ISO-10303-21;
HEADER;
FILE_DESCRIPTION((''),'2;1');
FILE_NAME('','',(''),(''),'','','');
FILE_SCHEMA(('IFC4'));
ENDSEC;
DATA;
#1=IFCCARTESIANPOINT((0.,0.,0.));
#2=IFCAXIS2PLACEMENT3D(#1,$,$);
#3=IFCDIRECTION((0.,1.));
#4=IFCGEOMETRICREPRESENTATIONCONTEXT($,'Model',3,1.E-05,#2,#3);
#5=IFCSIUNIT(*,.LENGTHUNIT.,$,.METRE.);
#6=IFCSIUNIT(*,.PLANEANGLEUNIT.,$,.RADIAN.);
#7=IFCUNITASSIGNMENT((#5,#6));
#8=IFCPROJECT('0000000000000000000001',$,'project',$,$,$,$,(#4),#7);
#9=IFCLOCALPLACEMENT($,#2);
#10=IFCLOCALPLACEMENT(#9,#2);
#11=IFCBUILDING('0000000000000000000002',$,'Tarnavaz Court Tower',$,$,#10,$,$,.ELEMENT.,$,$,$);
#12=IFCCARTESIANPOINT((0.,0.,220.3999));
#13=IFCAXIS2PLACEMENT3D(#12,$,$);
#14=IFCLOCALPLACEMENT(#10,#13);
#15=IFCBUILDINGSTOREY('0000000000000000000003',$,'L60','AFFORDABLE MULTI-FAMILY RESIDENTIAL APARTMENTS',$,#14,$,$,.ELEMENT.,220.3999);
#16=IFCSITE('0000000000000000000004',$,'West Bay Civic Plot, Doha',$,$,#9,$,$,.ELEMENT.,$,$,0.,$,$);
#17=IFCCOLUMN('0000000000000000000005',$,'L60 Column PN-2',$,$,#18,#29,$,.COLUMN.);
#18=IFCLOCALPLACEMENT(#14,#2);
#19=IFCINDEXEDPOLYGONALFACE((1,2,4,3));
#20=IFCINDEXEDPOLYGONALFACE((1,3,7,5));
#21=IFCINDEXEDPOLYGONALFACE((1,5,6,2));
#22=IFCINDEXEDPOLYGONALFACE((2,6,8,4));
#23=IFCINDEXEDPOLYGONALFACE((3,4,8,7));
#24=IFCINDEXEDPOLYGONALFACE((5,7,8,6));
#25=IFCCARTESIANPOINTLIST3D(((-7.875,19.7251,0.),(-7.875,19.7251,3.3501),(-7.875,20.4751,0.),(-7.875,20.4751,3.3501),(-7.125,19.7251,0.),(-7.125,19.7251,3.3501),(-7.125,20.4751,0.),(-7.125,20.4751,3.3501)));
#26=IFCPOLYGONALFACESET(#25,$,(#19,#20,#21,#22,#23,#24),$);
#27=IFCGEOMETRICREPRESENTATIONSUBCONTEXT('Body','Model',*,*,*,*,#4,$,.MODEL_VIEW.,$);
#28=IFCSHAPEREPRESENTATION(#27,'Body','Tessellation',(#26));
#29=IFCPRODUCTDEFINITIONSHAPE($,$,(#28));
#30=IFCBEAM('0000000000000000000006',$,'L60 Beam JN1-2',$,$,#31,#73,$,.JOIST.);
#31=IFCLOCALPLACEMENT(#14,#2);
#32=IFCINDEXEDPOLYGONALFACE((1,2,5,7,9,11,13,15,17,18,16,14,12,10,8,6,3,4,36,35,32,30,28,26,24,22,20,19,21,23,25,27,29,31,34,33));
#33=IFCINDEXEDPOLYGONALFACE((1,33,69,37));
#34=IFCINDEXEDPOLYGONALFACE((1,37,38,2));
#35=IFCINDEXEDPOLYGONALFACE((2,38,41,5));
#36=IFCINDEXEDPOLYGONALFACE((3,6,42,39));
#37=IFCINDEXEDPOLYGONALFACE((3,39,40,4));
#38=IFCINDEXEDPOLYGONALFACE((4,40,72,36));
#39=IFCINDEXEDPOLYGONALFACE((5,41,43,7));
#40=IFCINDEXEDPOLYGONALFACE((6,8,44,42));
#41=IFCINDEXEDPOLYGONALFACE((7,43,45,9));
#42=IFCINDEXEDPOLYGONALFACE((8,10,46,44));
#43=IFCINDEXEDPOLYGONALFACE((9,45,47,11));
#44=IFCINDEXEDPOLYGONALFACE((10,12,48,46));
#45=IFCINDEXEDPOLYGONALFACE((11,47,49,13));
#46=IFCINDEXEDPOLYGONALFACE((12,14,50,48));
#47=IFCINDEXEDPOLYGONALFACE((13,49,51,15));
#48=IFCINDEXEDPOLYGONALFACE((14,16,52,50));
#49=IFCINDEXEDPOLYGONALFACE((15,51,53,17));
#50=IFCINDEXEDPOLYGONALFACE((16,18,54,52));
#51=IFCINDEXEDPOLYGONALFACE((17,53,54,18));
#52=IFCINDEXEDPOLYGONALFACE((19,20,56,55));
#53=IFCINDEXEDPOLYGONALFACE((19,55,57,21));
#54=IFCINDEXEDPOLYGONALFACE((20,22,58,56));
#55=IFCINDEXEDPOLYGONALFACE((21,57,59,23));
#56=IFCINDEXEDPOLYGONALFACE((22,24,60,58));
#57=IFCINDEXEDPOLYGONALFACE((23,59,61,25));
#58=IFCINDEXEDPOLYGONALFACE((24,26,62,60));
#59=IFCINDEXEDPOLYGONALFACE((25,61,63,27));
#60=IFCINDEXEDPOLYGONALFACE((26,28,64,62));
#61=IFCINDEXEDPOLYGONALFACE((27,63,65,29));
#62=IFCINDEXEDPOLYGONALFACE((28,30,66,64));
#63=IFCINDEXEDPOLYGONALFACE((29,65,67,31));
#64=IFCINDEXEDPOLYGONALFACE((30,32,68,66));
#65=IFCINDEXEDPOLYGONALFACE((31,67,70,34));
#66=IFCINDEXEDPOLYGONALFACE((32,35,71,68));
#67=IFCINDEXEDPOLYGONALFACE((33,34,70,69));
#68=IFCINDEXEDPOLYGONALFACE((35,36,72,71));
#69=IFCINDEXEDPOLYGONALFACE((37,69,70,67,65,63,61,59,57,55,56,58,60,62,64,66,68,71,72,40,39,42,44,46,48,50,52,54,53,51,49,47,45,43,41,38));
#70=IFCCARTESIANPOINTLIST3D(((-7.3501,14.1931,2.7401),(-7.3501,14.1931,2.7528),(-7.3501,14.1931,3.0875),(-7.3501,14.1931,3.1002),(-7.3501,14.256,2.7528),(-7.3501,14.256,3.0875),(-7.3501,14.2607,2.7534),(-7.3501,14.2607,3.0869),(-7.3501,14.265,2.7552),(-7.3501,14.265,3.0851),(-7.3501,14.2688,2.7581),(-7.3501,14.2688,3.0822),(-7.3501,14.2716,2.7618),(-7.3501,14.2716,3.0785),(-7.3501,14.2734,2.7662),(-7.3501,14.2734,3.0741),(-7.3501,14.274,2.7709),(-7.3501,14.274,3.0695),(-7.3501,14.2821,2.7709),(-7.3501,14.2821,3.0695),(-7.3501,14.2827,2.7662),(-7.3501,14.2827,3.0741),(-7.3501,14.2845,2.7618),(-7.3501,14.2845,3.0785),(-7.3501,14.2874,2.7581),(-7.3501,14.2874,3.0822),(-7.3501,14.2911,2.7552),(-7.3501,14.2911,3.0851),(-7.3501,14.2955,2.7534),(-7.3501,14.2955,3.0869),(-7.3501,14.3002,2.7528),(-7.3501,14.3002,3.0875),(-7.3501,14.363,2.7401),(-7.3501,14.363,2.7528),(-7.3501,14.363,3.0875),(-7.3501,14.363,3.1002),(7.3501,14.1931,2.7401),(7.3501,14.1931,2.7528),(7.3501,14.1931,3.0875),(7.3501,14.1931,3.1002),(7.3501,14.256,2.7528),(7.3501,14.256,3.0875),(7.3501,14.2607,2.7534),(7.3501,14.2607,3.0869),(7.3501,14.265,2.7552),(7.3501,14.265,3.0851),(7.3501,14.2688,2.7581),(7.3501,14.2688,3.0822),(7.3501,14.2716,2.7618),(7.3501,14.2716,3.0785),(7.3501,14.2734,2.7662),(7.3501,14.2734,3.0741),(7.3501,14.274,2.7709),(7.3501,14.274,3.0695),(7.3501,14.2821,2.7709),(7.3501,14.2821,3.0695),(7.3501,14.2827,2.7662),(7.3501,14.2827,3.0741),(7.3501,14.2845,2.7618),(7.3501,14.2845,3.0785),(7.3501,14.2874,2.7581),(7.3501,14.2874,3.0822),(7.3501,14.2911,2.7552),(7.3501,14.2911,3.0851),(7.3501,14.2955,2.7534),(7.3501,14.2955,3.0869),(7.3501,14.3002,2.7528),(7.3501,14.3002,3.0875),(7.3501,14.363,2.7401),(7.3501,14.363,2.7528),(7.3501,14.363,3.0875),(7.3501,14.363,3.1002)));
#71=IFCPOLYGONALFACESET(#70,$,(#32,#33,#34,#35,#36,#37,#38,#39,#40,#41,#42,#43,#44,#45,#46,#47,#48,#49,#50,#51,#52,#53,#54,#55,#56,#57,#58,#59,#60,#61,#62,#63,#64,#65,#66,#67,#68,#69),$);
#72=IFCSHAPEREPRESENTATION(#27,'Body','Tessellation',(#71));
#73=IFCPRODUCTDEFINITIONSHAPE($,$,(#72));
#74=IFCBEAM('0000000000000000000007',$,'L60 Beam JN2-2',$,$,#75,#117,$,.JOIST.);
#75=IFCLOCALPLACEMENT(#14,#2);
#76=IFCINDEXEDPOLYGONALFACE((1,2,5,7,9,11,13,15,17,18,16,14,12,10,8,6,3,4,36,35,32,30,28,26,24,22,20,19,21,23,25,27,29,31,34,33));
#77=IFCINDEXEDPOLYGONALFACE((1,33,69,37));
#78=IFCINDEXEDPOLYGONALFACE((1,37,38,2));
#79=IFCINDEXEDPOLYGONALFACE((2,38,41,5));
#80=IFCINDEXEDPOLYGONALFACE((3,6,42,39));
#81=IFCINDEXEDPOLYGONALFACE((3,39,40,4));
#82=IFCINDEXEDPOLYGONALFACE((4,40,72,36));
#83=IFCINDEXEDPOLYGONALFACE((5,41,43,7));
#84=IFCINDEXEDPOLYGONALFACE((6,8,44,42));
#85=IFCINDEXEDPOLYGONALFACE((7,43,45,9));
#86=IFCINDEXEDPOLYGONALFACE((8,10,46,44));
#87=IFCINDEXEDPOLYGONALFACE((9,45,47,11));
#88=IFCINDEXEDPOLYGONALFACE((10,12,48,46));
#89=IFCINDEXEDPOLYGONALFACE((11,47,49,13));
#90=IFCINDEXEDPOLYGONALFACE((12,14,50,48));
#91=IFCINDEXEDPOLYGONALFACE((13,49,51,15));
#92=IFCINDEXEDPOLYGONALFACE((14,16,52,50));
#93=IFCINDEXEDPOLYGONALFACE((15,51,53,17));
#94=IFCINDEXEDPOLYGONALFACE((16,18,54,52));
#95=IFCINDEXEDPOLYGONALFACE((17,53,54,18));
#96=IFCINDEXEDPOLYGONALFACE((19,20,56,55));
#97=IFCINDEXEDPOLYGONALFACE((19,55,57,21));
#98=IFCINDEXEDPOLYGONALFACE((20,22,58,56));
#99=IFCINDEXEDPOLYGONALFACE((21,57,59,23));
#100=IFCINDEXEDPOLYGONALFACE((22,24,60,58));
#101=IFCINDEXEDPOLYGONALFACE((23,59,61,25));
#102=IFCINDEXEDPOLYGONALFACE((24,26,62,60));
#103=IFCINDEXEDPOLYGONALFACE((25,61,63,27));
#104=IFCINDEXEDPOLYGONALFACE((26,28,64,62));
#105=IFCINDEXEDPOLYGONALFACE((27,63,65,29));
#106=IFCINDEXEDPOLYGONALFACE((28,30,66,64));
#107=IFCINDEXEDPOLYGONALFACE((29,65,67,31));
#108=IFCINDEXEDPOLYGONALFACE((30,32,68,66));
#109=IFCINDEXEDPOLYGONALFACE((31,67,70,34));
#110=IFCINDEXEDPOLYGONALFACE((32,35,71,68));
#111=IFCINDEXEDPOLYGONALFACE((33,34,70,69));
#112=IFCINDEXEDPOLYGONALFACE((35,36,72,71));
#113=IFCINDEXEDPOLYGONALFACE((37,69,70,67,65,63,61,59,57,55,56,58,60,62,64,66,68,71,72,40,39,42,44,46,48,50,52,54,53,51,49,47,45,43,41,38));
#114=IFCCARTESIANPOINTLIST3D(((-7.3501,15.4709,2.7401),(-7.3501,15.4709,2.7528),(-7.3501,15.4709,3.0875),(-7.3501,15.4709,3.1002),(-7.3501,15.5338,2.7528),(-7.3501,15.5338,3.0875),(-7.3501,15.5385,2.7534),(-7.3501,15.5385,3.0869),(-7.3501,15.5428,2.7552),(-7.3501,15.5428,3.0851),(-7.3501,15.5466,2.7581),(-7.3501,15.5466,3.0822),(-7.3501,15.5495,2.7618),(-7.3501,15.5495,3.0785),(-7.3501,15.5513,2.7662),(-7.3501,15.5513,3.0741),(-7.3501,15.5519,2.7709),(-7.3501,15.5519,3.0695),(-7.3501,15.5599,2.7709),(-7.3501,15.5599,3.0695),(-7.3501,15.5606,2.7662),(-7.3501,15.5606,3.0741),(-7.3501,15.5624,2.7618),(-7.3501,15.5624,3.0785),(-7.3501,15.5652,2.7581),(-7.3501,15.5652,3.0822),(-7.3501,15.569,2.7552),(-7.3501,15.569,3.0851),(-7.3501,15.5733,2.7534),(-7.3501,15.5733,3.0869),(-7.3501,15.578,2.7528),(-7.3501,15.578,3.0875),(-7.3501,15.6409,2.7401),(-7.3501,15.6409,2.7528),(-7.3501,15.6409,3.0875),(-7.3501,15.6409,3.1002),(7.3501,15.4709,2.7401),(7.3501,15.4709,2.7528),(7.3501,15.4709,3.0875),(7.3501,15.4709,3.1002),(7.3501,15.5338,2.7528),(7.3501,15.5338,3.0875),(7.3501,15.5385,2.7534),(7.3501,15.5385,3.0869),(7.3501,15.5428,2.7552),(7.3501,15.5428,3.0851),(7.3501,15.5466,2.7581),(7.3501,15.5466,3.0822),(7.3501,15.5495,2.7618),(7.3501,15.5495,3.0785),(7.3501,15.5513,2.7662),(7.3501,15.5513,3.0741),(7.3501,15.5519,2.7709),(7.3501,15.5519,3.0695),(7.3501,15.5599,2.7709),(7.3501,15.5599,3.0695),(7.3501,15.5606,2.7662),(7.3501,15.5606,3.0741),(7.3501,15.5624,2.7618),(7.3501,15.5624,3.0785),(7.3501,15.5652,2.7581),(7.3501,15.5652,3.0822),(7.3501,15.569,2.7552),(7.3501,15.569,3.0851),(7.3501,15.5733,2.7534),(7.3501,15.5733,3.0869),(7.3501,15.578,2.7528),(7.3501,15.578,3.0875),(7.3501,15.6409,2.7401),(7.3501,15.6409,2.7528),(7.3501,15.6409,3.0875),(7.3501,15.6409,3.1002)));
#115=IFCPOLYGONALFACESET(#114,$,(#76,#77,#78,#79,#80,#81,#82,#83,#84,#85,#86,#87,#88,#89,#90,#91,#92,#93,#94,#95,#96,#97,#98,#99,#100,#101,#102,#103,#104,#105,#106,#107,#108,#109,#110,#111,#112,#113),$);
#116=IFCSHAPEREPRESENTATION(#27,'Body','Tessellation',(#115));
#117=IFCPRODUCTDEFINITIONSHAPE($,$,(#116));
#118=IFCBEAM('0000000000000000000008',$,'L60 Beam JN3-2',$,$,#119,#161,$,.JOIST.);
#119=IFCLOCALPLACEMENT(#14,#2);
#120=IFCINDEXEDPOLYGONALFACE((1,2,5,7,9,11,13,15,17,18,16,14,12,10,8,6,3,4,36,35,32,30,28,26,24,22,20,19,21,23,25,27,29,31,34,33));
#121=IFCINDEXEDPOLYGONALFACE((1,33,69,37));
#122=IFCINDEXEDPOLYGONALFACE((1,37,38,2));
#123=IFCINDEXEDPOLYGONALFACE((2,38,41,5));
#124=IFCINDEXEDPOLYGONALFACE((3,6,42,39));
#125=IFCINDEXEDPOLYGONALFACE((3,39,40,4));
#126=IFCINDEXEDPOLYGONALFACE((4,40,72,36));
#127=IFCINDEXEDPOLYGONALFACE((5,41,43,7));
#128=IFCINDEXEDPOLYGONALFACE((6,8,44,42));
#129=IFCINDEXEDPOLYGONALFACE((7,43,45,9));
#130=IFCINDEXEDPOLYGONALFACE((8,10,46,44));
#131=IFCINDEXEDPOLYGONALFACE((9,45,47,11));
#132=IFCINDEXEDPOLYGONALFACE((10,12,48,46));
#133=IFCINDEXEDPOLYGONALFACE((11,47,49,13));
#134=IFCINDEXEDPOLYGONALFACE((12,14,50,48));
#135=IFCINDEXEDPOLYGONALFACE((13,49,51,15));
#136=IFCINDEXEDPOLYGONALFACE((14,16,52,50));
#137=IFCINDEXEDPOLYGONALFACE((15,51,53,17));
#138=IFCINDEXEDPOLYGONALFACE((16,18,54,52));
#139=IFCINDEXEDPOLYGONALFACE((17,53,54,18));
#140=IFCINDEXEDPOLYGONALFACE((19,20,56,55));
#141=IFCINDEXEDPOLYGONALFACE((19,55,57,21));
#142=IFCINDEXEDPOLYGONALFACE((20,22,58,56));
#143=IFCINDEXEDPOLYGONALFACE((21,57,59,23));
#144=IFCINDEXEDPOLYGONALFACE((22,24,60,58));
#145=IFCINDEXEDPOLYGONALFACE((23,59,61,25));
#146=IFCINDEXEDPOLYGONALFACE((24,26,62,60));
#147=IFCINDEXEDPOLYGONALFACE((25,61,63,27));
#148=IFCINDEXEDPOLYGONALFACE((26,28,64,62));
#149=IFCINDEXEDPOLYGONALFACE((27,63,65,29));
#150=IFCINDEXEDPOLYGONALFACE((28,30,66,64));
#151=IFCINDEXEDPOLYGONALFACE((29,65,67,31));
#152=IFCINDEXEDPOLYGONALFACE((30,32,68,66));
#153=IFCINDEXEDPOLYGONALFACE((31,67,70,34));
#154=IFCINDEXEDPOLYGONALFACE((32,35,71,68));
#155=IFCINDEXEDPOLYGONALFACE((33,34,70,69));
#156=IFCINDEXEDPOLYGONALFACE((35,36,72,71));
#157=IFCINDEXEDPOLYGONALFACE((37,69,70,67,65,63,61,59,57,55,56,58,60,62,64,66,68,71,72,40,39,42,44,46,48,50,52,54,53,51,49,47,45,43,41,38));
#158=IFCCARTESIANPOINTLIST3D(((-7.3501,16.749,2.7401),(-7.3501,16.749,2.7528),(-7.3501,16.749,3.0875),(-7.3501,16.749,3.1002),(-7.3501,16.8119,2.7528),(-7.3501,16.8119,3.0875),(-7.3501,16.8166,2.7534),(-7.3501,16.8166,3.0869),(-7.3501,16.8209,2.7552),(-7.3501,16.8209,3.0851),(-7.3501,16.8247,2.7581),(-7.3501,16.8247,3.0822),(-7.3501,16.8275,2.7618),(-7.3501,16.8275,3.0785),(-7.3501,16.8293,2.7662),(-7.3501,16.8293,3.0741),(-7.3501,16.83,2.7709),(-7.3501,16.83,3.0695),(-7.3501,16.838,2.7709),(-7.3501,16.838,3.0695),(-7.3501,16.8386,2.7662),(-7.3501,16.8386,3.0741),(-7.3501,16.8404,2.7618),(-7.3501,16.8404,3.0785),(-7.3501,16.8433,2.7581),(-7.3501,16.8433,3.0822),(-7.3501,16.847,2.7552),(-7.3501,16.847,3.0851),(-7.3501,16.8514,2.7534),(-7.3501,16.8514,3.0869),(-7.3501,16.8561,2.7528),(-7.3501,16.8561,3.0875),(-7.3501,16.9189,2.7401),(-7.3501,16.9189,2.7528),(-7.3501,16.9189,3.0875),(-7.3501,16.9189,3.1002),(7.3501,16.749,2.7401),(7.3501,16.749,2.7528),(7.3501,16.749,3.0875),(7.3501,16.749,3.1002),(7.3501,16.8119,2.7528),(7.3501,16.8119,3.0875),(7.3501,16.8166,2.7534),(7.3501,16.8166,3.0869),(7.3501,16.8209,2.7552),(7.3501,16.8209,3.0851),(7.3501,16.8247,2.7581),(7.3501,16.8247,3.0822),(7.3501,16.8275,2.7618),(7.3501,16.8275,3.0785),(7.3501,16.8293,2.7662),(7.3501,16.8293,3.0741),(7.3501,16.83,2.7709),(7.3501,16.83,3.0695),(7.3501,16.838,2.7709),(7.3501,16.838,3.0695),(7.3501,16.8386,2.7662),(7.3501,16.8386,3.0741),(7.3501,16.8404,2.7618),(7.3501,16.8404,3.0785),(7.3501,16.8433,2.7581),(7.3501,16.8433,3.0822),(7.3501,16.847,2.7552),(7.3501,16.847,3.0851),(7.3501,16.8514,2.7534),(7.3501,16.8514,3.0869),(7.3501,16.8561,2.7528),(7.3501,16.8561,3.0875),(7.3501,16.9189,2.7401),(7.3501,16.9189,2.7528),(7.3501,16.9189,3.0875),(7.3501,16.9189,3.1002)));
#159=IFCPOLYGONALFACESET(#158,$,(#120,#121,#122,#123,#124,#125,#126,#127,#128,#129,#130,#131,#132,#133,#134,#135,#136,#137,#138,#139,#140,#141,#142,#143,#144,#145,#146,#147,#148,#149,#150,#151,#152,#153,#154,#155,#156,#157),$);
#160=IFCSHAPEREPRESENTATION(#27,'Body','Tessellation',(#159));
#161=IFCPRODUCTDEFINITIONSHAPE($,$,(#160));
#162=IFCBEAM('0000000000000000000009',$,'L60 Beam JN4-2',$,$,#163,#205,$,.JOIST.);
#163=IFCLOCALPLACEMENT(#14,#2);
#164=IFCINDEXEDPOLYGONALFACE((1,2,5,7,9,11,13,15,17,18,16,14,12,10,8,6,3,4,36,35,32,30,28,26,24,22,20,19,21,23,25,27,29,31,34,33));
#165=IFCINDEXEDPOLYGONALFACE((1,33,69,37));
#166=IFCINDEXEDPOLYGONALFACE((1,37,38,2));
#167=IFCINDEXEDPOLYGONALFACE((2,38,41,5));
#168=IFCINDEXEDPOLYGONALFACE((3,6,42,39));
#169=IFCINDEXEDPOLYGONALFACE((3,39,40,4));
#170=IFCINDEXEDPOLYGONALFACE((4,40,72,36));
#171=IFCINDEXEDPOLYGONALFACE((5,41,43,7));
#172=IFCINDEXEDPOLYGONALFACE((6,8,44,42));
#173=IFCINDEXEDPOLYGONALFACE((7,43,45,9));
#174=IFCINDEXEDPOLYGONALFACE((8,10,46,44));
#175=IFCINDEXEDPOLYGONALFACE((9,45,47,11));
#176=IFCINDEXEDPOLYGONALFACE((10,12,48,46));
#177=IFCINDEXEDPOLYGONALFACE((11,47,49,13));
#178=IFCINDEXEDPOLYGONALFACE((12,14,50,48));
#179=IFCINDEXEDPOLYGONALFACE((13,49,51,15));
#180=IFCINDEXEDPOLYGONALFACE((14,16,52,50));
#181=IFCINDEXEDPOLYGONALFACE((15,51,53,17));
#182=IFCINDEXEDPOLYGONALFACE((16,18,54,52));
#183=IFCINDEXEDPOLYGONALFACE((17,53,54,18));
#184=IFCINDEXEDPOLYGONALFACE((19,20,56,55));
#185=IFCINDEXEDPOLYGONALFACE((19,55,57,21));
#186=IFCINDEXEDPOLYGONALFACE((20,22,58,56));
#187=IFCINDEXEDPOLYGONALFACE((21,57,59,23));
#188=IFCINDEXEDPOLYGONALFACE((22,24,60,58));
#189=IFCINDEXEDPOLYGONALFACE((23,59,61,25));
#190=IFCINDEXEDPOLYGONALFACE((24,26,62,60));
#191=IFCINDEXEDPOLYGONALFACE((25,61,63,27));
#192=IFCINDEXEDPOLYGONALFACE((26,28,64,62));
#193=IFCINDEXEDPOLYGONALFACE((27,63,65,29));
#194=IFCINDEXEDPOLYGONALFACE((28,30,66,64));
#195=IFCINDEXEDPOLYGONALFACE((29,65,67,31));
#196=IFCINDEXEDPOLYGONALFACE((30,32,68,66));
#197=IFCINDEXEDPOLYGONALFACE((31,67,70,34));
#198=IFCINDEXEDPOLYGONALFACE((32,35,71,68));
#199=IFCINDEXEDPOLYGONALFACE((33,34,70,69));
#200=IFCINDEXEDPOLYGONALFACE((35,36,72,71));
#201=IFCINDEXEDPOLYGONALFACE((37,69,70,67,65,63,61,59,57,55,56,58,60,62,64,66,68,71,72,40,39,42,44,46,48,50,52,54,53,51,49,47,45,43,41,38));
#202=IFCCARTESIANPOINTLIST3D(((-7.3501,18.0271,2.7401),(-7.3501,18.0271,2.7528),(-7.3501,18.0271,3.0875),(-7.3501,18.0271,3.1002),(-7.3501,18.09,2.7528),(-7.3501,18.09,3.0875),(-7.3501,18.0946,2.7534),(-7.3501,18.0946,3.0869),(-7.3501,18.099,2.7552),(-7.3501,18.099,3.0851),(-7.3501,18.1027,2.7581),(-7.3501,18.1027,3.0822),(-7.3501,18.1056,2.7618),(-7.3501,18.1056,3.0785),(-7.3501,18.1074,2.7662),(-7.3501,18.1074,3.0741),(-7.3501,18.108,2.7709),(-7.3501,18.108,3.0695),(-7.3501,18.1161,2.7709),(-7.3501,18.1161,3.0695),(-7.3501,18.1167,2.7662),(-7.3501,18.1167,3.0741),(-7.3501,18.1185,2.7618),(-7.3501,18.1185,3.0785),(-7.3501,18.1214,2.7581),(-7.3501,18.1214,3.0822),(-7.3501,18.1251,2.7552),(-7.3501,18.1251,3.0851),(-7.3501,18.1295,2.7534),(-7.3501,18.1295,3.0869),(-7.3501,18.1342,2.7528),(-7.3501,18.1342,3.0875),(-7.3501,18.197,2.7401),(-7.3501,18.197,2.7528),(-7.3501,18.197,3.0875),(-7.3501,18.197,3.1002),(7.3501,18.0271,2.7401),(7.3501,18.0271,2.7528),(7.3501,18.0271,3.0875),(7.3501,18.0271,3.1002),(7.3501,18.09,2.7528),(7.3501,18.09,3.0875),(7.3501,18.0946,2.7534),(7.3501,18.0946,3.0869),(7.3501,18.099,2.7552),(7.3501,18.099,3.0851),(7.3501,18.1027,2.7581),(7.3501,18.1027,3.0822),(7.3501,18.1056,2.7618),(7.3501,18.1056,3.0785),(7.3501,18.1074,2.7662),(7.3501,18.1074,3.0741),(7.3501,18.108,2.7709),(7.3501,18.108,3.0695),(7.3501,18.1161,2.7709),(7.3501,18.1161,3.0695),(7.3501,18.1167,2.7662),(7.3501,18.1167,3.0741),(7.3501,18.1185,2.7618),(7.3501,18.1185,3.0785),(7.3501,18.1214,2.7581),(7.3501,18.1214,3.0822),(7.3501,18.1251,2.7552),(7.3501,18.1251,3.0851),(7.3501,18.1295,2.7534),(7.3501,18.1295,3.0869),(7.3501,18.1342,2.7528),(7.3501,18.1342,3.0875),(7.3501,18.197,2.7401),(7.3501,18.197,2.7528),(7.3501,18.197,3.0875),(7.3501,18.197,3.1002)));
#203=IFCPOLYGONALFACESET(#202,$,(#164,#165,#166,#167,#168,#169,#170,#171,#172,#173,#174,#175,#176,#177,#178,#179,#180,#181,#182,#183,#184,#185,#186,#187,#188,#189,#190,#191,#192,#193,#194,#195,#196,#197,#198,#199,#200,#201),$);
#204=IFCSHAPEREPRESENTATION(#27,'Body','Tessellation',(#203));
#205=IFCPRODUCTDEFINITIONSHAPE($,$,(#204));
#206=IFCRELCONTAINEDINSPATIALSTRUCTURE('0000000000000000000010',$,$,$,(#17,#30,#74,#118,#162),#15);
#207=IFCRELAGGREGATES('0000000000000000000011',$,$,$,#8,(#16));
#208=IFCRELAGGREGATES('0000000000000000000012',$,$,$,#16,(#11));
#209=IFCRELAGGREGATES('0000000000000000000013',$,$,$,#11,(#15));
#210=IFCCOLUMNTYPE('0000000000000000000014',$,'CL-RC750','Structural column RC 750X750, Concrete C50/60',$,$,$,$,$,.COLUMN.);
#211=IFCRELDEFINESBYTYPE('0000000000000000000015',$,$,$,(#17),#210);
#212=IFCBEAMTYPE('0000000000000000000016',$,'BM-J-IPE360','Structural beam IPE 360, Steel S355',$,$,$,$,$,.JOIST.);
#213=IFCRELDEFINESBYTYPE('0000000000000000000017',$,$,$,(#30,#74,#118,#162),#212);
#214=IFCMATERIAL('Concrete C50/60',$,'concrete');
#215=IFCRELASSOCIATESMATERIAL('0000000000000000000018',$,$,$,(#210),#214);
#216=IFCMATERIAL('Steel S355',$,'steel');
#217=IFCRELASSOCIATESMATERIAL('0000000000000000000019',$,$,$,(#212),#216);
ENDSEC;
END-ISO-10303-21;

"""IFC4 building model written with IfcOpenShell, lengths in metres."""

from ifc_helpers import new_model, si_unit, direction, frame, origin, origin_2d, place, context, subcontext, project, spatial, rectangle, i_section, extrude, material, material_profile, profile_set, type_object, element, save


model = new_model("IFC4")

# Units and contexts
model_context = context("Model", 3, precision=1e-05, world=origin(), true_north=direction((0.0, 1.0)))
body_context = subcontext(model_context, "Body", "Model", "MODEL_VIEW")
ifc_project = project(units=[si_unit("LENGTHUNIT", "METRE"), si_unit("PLANEANGLEUNIT", "RADIAN")], contexts=[model_context])

# Site, building, storey
site_placement = place(None, origin())
site = spatial("IfcSite", under=ifc_project, at=site_placement, Name="West Bay Civic Plot, Doha", CompositionType="ELEMENT", RefElevation=0.0)
building_placement = place(site_placement, origin())
building = spatial("IfcBuilding", under=site, at=building_placement, Name="Tarnavaz Court Tower", CompositionType="ELEMENT")
storey_placement = place(building_placement, frame((0.0, 0.0, 220.3999)))
storey = spatial("IfcBuildingStorey", under=building, at=storey_placement, Name="L60", Description="AFFORDABLE MULTI-FAMILY RESIDENTIAL APARTMENTS", CompositionType="ELEMENT", Elevation=220.3999)

# Column
ifc_material_1 = material(Name="Concrete C50/60", Category="concrete")
ifc_material_profile_1 = material_profile(ifc_material_1, rectangle(XDim=0.75, YDim=0.75, at=origin_2d()), Name="RC 750X750")
ifc_profile_set_1 = profile_set([ifc_material_profile_1], Name="Concrete C50/60")
column_type = type_object("IfcColumnType", Name="CL-RC750", Description="Structural column RC 750X750, Concrete C50/60", PredefinedType="COLUMN", material=ifc_profile_set_1)
column_placement = place(storey_placement, frame((-7.5, 20.1001, 0.0), z_axis=(0.0, 0.0, 1.0), x_axis=(1.0, 0.0, 0.0)))
element("IfcColumn", 1, at=column_placement, inside=storey, type_object=column_type, Name="L60 Column PN-2", PredefinedType="COLUMN", context=body_context, shape_type="SweptSolid", body=[
    extrude(rectangle(XDim=0.75, YDim=0.75, at=origin_2d()), origin(), (0.0, 0.0, 1.0), 3.3501),
])

# Beams
ifc_material_2 = material(Name="Steel S355", Category="steel")
ifc_material_profile_2 = material_profile(ifc_material_2, i_section(OverallWidth=0.1699, OverallDepth=0.3601, WebThickness=0.0081, FlangeThickness=0.0127, FilletRadius=0.0181, at=origin_2d()), Name="IPE 360")
ifc_profile_set_2 = profile_set([ifc_material_profile_2], Name="Steel S355")
beam_type_1 = type_object("IfcBeamType", Name="BM-J-IPE360", Description="Structural beam IPE 360, Steel S355", PredefinedType="JOIST", material=ifc_profile_set_2)
for number, where, z_axis, x_axis, name in (
    (2, (-7.3501, 14.2781, 2.9202), (1.0, 0.0, 0.0), (0.0, 1.0, 0.0), "L60 Beam JN1-2"),
    (3, (-7.3501, 15.5559, 2.9202), (1.0, 0.0, 0.0), (0.0, 1.0, 0.0), "L60 Beam JN2-2"),
    (4, (-7.3501, 16.834, 2.9202), (1.0, 0.0, 0.0), (0.0, 1.0, 0.0), "L60 Beam JN3-2"),
    (5, (-7.3501, 18.1121, 2.9202), (1.0, 0.0, 0.0), (0.0, 1.0, 0.0), "L60 Beam JN4-2"),
):
    element("IfcBeam", number, at=place(storey_placement, frame(where, z_axis=z_axis, x_axis=x_axis)), inside=storey, type_object=beam_type_1, Name=name, PredefinedType="JOIST", context=body_context, shape_type="SweptSolid", body=[
        extrude(i_section(OverallWidth=0.1699, OverallDepth=0.3601, WebThickness=0.0081, FlangeThickness=0.0127, FilletRadius=0.0181, at=origin_2d()), origin(), (0.0, 0.0, 1.0), 14.7002),
    ])

save(model, "model.ifc")
